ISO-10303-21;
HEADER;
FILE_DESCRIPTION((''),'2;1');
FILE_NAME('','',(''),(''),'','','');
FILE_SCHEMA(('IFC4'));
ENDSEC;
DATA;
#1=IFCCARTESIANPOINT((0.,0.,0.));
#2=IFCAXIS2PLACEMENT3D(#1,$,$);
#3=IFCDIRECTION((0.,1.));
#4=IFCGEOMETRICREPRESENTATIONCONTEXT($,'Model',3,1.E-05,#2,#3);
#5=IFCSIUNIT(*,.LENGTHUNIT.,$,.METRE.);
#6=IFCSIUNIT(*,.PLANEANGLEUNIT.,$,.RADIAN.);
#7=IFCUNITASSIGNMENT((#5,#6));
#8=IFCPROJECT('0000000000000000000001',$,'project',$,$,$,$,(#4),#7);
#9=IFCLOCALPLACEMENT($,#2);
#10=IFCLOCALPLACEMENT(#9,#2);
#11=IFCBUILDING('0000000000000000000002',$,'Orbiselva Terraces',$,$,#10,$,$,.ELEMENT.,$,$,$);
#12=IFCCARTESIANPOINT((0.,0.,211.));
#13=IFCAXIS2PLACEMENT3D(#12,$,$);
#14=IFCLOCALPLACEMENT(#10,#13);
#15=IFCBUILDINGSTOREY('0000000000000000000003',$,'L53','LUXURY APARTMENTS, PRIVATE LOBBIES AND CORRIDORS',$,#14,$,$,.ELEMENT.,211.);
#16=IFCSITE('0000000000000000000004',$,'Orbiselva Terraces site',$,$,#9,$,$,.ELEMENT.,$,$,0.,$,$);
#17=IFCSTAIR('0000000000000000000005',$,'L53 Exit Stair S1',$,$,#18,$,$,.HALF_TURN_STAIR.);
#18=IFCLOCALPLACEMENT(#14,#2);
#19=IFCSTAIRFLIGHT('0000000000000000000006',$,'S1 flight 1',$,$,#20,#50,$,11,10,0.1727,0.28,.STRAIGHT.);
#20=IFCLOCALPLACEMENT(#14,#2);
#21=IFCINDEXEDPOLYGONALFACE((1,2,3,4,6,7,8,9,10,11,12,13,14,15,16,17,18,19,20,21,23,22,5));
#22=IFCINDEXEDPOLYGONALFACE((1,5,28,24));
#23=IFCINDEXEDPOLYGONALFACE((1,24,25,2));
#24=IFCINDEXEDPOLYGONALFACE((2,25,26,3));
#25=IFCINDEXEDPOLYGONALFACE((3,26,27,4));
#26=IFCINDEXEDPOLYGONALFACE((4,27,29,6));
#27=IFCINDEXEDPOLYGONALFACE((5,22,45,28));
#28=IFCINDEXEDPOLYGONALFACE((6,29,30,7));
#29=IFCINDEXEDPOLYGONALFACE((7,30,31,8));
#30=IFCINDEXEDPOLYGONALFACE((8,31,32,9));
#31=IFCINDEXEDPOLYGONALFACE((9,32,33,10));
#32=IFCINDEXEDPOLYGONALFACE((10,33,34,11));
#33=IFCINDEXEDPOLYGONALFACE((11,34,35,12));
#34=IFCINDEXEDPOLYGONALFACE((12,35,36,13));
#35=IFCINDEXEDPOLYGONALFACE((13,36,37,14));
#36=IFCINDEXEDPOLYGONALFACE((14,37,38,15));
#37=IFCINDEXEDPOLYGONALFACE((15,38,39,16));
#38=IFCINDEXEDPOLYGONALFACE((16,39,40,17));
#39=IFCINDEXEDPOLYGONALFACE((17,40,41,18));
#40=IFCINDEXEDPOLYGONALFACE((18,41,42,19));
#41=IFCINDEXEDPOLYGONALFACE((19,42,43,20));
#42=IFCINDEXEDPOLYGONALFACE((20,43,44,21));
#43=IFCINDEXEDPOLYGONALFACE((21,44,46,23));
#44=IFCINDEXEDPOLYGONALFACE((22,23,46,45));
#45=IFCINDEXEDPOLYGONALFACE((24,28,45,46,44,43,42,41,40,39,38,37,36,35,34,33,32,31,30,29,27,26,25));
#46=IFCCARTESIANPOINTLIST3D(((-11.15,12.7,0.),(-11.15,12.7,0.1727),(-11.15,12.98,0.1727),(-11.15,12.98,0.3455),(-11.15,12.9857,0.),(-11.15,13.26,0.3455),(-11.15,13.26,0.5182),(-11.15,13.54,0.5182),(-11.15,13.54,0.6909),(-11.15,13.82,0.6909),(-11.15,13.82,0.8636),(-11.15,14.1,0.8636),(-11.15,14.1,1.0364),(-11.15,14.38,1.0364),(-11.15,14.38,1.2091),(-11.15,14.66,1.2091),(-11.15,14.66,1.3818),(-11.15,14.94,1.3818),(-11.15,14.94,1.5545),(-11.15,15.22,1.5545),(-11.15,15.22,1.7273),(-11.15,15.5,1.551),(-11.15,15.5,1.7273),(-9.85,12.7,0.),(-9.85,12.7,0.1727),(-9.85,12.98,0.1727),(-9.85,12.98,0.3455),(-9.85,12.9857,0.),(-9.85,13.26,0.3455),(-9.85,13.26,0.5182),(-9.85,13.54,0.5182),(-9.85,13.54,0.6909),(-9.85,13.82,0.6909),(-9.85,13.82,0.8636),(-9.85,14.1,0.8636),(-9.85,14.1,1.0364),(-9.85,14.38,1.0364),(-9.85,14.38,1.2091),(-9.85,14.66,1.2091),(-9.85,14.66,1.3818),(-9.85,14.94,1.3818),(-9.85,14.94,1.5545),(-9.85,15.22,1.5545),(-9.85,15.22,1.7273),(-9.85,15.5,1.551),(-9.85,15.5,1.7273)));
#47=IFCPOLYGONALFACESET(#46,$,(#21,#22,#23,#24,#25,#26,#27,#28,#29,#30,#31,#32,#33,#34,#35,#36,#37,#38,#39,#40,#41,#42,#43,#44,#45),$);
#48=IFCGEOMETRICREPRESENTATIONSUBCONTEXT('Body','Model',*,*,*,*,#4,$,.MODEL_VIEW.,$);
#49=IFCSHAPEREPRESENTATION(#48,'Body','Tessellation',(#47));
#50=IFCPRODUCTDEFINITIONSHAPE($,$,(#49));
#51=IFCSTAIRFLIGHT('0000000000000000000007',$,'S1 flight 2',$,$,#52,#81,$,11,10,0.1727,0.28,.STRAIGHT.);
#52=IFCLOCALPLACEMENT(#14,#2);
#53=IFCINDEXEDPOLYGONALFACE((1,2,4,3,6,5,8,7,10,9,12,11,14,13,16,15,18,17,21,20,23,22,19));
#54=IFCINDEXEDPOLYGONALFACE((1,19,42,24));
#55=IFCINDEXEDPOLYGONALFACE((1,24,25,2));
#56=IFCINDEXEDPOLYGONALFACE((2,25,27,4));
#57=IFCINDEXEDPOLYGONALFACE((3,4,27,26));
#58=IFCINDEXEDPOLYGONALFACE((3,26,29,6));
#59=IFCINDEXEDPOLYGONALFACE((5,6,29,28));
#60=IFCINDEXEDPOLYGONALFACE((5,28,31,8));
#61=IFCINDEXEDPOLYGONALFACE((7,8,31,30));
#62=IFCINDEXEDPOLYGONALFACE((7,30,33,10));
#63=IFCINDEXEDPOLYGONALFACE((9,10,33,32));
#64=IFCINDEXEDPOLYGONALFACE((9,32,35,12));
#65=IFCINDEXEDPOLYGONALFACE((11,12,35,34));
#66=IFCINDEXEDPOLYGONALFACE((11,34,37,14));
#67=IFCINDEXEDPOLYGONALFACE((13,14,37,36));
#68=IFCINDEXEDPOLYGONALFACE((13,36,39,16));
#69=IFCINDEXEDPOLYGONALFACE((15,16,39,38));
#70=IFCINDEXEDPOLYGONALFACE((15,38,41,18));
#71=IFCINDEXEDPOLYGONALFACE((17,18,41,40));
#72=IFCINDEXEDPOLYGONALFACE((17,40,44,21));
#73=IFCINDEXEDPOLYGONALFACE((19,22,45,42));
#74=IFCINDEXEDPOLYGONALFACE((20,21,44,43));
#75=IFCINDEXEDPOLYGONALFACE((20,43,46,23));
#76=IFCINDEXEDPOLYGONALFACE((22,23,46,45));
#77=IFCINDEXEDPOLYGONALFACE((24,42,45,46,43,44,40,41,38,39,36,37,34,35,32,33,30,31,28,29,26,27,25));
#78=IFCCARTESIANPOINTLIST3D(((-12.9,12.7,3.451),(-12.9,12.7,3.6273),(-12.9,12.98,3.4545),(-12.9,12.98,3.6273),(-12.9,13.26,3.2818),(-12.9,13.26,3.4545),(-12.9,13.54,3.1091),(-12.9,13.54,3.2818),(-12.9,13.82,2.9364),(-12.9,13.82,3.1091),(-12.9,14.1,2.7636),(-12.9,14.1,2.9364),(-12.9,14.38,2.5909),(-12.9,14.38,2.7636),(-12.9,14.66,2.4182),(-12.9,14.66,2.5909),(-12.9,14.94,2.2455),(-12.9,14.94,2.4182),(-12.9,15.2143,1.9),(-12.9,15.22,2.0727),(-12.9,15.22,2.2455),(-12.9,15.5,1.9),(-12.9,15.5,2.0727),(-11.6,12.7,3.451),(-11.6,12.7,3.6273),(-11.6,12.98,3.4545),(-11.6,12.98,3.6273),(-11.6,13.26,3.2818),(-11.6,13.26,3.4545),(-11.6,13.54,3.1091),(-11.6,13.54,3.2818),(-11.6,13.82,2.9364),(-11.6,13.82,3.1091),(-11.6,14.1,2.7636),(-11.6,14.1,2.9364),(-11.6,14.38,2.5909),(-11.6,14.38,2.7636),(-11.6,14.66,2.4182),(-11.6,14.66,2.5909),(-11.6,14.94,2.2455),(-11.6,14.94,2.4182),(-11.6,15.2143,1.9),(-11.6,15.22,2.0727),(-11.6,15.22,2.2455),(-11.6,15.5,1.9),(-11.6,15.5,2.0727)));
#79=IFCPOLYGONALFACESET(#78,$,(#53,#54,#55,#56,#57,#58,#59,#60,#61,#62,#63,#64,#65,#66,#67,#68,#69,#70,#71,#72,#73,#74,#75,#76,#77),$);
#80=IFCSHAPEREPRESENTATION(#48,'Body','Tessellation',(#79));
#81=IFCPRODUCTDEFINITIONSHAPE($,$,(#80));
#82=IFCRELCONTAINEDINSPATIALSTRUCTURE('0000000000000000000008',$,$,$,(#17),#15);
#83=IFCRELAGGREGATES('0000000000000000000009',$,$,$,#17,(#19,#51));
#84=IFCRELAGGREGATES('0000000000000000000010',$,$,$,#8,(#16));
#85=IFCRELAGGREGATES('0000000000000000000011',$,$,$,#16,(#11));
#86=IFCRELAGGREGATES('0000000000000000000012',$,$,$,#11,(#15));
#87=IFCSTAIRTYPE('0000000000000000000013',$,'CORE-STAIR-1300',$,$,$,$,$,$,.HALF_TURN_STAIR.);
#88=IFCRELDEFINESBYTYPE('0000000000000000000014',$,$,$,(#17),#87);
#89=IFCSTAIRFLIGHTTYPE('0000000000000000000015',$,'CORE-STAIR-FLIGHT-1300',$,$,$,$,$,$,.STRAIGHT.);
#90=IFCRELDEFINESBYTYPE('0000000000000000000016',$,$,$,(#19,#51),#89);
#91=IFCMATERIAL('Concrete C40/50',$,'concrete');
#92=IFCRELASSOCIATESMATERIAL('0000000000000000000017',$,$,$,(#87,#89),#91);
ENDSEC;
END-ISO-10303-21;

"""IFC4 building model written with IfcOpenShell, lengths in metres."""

from ifc_helpers import new_model, si_unit, direction, frame, origin, place, context, subcontext, project, spatial, polyline, outline, extrude, material, type_object, element, aggregate, save


model = new_model("IFC4")

# Units and contexts
model_context = context("Model", 3, precision=1e-05, world=origin(), true_north=direction((0.0, 1.0)))
body_context = subcontext(model_context, "Body", "Model", "MODEL_VIEW")
ifc_project = project(units=[si_unit("LENGTHUNIT", "METRE"), si_unit("PLANEANGLEUNIT", "RADIAN")], contexts=[model_context])

# Site, building, storey
site_placement = place(None, origin())
site = spatial("IfcSite", under=ifc_project, at=site_placement, Name="Orbiselva Terraces site", CompositionType="ELEMENT", RefElevation=0.0)
building_placement = place(site_placement, origin())
building = spatial("IfcBuilding", under=site, at=building_placement, Name="Orbiselva Terraces", CompositionType="ELEMENT")
storey_placement = place(building_placement, frame((0.0, 0.0, 211.0)))
storey = spatial("IfcBuildingStorey", under=building, at=storey_placement, Name="L53", Description="LUXURY APARTMENTS, PRIVATE LOBBIES AND CORRIDORS", CompositionType="ELEMENT", Elevation=211.0)

# Shared definitions
ifc_material_1 = material(Name="Concrete C40/50", Category="concrete")

# Stair, stair flights
stair_type = type_object("IfcStairType", Name="CORE-STAIR-1300", PredefinedType="HALF_TURN_STAIR", material=ifc_material_1)
stair_placement = place(storey_placement, origin())
stair = element("IfcStair", 1, at=stair_placement, inside=storey, type_object=stair_type, Name="L53 Exit Stair S1", PredefinedType="HALF_TURN_STAIR")
stair_flight_type = type_object("IfcStairFlightType", Name="CORE-STAIR-FLIGHT-1300", PredefinedType="STRAIGHT", material=ifc_material_1)
stair_flight_1_placement = place(storey_placement, frame((-10.5, 12.7, 0.0), z_axis=(0.0, 0.0, 1.0), x_axis=(0.0, 1.0, 0.0)))
stair_flight_1 = element("IfcStairFlight", 2, at=stair_flight_1_placement, type_object=stair_flight_type, Name="S1 flight 1", NumberOfRisers=11, NumberOfTreads=10, PredefinedType="STRAIGHT", RiserHeight=0.1727, TreadLength=0.28, context=body_context, shape_type="SweptSolid", body=[
    extrude(outline(polyline([(0.0, 0.0), (0.0, 0.1727), (0.28, 0.1727), (0.28, 0.3455), (0.56, 0.3455), (0.56, 0.5182), (0.84, 0.5182), (0.84, 0.6909), (1.12, 0.6909), (1.12, 0.8636), (1.4, 0.8636), (1.4, 1.0364), (1.68, 1.0364), (1.68, 1.2091), (1.96, 1.2091), (1.96, 1.3818), (2.24, 1.3818), (2.24, 1.5545), (2.52, 1.5545), (2.52, 1.7273), (2.8, 1.7273), (2.8, 1.9), (2.8, 1.551), (0.2857, 0.0), (0.0, 0.0)])), frame((0.0, 0.65, 0.0), z_axis=(0.0, -1.0, 0.0), x_axis=(1.0, 0.0, 0.0)), (0.0, 0.0, 1.0), 1.3),
])
stair_flight_2_placement = place(storey_placement, frame((-12.25, 15.5, 1.9), z_axis=(0.0, 0.0, 1.0), x_axis=(0.0, -1.0, 0.0)))
stair_flight_2 = element("IfcStairFlight", 3, at=stair_flight_2_placement, type_object=stair_flight_type, Name="S1 flight 2", NumberOfRisers=11, NumberOfTreads=10, PredefinedType="STRAIGHT", RiserHeight=0.1727, TreadLength=0.28, context=body_context, shape_type="SweptSolid", body=[
    extrude(outline(polyline([(0.0, 0.0), (0.0, 0.1727), (0.28, 0.1727), (0.28, 0.3455), (0.56, 0.3455), (0.56, 0.5182), (0.84, 0.5182), (0.84, 0.6909), (1.12, 0.6909), (1.12, 0.8636), (1.4, 0.8636), (1.4, 1.0364), (1.68, 1.0364), (1.68, 1.2091), (1.96, 1.2091), (1.96, 1.3818), (2.24, 1.3818), (2.24, 1.5545), (2.52, 1.5545), (2.52, 1.7273), (2.8, 1.7273), (2.8, 1.9), (2.8, 1.551), (0.2857, 0.0), (0.0, 0.0)])), frame((0.0, 0.65, 0.0), z_axis=(0.0, -1.0, 0.0), x_axis=(1.0, 0.0, 0.0)), (0.0, 0.0, 1.0), 1.3),
])
aggregate(stair, [stair_flight_1, stair_flight_2])

save(model, "model.ifc")
